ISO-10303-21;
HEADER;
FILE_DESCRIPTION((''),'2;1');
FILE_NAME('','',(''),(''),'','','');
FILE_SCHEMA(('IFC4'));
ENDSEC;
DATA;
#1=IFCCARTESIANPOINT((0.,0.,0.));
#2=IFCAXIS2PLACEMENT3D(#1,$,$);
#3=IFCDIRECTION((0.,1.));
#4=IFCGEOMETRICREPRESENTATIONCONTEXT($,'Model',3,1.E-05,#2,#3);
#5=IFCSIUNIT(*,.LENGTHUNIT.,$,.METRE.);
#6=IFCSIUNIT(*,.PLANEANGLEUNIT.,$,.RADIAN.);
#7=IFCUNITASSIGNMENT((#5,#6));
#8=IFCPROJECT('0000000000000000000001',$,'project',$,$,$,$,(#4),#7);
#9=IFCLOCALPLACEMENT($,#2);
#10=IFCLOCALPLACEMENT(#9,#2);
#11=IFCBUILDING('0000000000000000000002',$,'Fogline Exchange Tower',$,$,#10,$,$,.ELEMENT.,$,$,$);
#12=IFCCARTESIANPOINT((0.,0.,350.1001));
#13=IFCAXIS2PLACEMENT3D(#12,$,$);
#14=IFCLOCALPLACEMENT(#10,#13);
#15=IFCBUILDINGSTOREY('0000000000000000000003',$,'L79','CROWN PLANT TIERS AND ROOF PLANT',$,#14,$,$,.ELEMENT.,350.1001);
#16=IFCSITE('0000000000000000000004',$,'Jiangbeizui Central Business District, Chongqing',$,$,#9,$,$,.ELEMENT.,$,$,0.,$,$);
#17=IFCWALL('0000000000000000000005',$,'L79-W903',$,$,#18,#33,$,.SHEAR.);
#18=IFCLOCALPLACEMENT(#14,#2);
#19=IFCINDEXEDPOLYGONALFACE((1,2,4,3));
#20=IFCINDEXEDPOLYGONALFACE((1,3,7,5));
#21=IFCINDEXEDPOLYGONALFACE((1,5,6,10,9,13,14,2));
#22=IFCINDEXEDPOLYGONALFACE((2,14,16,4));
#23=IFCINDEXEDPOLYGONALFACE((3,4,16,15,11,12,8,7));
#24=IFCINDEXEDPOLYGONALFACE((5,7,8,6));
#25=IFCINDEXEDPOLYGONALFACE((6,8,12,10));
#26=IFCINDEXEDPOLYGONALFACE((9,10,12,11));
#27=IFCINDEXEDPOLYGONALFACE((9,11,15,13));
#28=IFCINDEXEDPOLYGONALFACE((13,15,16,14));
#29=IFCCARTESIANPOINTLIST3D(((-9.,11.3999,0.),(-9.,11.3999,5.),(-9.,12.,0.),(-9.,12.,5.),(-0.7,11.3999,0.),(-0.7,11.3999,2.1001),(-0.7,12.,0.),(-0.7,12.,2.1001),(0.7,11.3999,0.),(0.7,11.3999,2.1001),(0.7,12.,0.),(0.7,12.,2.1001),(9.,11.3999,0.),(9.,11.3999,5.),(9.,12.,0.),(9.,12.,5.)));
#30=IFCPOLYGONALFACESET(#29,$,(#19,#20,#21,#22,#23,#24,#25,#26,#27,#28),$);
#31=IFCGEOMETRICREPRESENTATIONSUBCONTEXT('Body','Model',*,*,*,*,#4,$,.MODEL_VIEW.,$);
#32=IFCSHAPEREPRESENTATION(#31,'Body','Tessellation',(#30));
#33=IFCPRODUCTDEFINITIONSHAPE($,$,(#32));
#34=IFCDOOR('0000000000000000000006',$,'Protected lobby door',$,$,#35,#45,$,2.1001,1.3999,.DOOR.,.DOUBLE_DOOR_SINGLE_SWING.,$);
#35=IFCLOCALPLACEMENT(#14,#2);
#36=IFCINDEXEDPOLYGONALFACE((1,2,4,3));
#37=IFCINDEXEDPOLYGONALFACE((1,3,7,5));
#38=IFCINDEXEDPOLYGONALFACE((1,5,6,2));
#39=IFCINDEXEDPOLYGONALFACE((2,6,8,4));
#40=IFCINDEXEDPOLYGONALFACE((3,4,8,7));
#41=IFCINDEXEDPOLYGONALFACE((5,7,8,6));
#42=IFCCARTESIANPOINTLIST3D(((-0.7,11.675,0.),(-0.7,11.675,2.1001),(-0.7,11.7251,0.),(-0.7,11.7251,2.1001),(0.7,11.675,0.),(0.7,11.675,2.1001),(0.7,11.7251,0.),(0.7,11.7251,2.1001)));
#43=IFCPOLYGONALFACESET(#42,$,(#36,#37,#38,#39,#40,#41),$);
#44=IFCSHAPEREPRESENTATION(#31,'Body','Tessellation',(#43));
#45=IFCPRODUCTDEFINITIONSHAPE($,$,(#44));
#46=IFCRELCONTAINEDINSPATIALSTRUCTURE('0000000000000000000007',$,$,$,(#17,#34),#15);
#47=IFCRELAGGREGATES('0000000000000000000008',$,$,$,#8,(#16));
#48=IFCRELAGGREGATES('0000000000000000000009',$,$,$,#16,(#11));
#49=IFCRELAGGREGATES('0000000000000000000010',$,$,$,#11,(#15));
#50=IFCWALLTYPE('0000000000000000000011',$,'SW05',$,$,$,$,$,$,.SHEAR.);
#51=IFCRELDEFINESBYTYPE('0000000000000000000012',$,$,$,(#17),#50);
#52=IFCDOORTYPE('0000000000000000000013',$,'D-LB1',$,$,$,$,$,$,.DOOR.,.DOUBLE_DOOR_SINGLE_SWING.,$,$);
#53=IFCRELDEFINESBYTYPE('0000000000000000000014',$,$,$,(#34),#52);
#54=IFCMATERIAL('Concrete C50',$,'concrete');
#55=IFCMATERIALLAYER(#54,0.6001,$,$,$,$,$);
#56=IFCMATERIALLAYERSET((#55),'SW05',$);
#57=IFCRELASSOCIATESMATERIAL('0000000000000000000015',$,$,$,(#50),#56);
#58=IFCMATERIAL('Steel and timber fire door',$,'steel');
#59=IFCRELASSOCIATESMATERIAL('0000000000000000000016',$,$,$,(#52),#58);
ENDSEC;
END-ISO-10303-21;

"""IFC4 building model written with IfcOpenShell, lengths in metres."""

from ifc_helpers import new_model, si_unit, direction, frame, frame_2d, origin, place, context, subcontext, project, spatial, rectangle, extrude, material, layer, layer_set, type_object, element, fill, save


model = new_model("IFC4")

# Units and contexts
model_context = context("Model", 3, precision=1e-05, world=origin(), true_north=direction((0.0, 1.0)))
body_context = subcontext(model_context, "Body", "Model", "MODEL_VIEW")
ifc_project = project(units=[si_unit("LENGTHUNIT", "METRE"), si_unit("PLANEANGLEUNIT", "RADIAN")], contexts=[model_context])

# Site, building, storey
site_placement = place(None, origin())
site = spatial("IfcSite", under=ifc_project, at=site_placement, Name="Jiangbeizui Central Business District, Chongqing", CompositionType="ELEMENT", RefElevation=0.0)
building_placement = place(site_placement, origin())
building = spatial("IfcBuilding", under=site, at=building_placement, Name="Fogline Exchange Tower", CompositionType="ELEMENT")
storey_placement = place(building_placement, frame((0.0, 0.0, 350.1001)))
storey = spatial("IfcBuildingStorey", under=building, at=storey_placement, Name="L79", Description="CROWN PLANT TIERS AND ROOF PLANT", CompositionType="ELEMENT", Elevation=350.1001)

# Wall, opening, door
ifc_material_1 = material(Name="Concrete C50", Category="concrete")
ifc_layer_1 = layer(ifc_material_1, 0.6001)
ifc_layer_set_1 = layer_set([ifc_layer_1], Name="SW05")
wall_type_1 = type_object("IfcWallType", Name="SW05", PredefinedType="SHEAR", material=ifc_layer_set_1)
wall_1_placement = place(storey_placement, frame((9.0, 11.7, 0.0), z_axis=(0.0, 0.0, 1.0), x_axis=(-1.0, 0.0, 0.0)))
wall_1 = element("IfcWall", 1, at=wall_1_placement, inside=storey, type_object=wall_type_1, Name="L79-W903", PredefinedType="SHEAR", context=body_context, shape_type="SweptSolid", body=[
    extrude(rectangle(XDim=18.0, YDim=0.6001, at=frame_2d((9.0, 0.0))), origin(), (0.0, 0.0, 1.0), 5.0),
])
opening_1_placement = place(wall_1_placement, frame((8.3, 0.0, 0.0)))
opening_1 = element("IfcOpeningElement", 2, at=opening_1_placement, cuts=wall_1, PredefinedType="OPENING", context=body_context, shape_type="SweptSolid", body=[
    extrude(rectangle(XDim=1.3999, YDim=2.1001, at=frame_2d((0.7, 1.05))), frame((0.0, 0.3101, 0.0), z_axis=(0.0, -1.0, 0.0), x_axis=(1.0, 0.0, 0.0)), (0.0, 0.0, 1.0), 0.6201),
])
ifc_material_2 = material(Name="Steel and timber fire door", Category="steel")
door_type_1 = type_object("IfcDoorType", Name="D-LB1", OperationType="DOUBLE_DOOR_SINGLE_SWING", PredefinedType="DOOR", material=ifc_material_2)
door_1_placement = place(opening_1_placement, origin())
door_1 = element("IfcDoor", 3, at=door_1_placement, inside=storey, type_object=door_type_1, Name="Protected lobby door", OperationType="DOUBLE_DOOR_SINGLE_SWING", OverallHeight=2.1001, OverallWidth=1.3999, PredefinedType="DOOR", context=body_context, shape_type="SweptSolid", body=[
    extrude(rectangle(XDim=1.3999, YDim=2.1001, at=frame_2d((0.7, 1.05))), frame((0.0, 0.0249, 0.0), z_axis=(0.0, -1.0, 0.0), x_axis=(1.0, 0.0, 0.0)), (0.0, 0.0, 1.0), 0.05),
])
fill(opening_1, door_1)

save(model, "model.ifc")
